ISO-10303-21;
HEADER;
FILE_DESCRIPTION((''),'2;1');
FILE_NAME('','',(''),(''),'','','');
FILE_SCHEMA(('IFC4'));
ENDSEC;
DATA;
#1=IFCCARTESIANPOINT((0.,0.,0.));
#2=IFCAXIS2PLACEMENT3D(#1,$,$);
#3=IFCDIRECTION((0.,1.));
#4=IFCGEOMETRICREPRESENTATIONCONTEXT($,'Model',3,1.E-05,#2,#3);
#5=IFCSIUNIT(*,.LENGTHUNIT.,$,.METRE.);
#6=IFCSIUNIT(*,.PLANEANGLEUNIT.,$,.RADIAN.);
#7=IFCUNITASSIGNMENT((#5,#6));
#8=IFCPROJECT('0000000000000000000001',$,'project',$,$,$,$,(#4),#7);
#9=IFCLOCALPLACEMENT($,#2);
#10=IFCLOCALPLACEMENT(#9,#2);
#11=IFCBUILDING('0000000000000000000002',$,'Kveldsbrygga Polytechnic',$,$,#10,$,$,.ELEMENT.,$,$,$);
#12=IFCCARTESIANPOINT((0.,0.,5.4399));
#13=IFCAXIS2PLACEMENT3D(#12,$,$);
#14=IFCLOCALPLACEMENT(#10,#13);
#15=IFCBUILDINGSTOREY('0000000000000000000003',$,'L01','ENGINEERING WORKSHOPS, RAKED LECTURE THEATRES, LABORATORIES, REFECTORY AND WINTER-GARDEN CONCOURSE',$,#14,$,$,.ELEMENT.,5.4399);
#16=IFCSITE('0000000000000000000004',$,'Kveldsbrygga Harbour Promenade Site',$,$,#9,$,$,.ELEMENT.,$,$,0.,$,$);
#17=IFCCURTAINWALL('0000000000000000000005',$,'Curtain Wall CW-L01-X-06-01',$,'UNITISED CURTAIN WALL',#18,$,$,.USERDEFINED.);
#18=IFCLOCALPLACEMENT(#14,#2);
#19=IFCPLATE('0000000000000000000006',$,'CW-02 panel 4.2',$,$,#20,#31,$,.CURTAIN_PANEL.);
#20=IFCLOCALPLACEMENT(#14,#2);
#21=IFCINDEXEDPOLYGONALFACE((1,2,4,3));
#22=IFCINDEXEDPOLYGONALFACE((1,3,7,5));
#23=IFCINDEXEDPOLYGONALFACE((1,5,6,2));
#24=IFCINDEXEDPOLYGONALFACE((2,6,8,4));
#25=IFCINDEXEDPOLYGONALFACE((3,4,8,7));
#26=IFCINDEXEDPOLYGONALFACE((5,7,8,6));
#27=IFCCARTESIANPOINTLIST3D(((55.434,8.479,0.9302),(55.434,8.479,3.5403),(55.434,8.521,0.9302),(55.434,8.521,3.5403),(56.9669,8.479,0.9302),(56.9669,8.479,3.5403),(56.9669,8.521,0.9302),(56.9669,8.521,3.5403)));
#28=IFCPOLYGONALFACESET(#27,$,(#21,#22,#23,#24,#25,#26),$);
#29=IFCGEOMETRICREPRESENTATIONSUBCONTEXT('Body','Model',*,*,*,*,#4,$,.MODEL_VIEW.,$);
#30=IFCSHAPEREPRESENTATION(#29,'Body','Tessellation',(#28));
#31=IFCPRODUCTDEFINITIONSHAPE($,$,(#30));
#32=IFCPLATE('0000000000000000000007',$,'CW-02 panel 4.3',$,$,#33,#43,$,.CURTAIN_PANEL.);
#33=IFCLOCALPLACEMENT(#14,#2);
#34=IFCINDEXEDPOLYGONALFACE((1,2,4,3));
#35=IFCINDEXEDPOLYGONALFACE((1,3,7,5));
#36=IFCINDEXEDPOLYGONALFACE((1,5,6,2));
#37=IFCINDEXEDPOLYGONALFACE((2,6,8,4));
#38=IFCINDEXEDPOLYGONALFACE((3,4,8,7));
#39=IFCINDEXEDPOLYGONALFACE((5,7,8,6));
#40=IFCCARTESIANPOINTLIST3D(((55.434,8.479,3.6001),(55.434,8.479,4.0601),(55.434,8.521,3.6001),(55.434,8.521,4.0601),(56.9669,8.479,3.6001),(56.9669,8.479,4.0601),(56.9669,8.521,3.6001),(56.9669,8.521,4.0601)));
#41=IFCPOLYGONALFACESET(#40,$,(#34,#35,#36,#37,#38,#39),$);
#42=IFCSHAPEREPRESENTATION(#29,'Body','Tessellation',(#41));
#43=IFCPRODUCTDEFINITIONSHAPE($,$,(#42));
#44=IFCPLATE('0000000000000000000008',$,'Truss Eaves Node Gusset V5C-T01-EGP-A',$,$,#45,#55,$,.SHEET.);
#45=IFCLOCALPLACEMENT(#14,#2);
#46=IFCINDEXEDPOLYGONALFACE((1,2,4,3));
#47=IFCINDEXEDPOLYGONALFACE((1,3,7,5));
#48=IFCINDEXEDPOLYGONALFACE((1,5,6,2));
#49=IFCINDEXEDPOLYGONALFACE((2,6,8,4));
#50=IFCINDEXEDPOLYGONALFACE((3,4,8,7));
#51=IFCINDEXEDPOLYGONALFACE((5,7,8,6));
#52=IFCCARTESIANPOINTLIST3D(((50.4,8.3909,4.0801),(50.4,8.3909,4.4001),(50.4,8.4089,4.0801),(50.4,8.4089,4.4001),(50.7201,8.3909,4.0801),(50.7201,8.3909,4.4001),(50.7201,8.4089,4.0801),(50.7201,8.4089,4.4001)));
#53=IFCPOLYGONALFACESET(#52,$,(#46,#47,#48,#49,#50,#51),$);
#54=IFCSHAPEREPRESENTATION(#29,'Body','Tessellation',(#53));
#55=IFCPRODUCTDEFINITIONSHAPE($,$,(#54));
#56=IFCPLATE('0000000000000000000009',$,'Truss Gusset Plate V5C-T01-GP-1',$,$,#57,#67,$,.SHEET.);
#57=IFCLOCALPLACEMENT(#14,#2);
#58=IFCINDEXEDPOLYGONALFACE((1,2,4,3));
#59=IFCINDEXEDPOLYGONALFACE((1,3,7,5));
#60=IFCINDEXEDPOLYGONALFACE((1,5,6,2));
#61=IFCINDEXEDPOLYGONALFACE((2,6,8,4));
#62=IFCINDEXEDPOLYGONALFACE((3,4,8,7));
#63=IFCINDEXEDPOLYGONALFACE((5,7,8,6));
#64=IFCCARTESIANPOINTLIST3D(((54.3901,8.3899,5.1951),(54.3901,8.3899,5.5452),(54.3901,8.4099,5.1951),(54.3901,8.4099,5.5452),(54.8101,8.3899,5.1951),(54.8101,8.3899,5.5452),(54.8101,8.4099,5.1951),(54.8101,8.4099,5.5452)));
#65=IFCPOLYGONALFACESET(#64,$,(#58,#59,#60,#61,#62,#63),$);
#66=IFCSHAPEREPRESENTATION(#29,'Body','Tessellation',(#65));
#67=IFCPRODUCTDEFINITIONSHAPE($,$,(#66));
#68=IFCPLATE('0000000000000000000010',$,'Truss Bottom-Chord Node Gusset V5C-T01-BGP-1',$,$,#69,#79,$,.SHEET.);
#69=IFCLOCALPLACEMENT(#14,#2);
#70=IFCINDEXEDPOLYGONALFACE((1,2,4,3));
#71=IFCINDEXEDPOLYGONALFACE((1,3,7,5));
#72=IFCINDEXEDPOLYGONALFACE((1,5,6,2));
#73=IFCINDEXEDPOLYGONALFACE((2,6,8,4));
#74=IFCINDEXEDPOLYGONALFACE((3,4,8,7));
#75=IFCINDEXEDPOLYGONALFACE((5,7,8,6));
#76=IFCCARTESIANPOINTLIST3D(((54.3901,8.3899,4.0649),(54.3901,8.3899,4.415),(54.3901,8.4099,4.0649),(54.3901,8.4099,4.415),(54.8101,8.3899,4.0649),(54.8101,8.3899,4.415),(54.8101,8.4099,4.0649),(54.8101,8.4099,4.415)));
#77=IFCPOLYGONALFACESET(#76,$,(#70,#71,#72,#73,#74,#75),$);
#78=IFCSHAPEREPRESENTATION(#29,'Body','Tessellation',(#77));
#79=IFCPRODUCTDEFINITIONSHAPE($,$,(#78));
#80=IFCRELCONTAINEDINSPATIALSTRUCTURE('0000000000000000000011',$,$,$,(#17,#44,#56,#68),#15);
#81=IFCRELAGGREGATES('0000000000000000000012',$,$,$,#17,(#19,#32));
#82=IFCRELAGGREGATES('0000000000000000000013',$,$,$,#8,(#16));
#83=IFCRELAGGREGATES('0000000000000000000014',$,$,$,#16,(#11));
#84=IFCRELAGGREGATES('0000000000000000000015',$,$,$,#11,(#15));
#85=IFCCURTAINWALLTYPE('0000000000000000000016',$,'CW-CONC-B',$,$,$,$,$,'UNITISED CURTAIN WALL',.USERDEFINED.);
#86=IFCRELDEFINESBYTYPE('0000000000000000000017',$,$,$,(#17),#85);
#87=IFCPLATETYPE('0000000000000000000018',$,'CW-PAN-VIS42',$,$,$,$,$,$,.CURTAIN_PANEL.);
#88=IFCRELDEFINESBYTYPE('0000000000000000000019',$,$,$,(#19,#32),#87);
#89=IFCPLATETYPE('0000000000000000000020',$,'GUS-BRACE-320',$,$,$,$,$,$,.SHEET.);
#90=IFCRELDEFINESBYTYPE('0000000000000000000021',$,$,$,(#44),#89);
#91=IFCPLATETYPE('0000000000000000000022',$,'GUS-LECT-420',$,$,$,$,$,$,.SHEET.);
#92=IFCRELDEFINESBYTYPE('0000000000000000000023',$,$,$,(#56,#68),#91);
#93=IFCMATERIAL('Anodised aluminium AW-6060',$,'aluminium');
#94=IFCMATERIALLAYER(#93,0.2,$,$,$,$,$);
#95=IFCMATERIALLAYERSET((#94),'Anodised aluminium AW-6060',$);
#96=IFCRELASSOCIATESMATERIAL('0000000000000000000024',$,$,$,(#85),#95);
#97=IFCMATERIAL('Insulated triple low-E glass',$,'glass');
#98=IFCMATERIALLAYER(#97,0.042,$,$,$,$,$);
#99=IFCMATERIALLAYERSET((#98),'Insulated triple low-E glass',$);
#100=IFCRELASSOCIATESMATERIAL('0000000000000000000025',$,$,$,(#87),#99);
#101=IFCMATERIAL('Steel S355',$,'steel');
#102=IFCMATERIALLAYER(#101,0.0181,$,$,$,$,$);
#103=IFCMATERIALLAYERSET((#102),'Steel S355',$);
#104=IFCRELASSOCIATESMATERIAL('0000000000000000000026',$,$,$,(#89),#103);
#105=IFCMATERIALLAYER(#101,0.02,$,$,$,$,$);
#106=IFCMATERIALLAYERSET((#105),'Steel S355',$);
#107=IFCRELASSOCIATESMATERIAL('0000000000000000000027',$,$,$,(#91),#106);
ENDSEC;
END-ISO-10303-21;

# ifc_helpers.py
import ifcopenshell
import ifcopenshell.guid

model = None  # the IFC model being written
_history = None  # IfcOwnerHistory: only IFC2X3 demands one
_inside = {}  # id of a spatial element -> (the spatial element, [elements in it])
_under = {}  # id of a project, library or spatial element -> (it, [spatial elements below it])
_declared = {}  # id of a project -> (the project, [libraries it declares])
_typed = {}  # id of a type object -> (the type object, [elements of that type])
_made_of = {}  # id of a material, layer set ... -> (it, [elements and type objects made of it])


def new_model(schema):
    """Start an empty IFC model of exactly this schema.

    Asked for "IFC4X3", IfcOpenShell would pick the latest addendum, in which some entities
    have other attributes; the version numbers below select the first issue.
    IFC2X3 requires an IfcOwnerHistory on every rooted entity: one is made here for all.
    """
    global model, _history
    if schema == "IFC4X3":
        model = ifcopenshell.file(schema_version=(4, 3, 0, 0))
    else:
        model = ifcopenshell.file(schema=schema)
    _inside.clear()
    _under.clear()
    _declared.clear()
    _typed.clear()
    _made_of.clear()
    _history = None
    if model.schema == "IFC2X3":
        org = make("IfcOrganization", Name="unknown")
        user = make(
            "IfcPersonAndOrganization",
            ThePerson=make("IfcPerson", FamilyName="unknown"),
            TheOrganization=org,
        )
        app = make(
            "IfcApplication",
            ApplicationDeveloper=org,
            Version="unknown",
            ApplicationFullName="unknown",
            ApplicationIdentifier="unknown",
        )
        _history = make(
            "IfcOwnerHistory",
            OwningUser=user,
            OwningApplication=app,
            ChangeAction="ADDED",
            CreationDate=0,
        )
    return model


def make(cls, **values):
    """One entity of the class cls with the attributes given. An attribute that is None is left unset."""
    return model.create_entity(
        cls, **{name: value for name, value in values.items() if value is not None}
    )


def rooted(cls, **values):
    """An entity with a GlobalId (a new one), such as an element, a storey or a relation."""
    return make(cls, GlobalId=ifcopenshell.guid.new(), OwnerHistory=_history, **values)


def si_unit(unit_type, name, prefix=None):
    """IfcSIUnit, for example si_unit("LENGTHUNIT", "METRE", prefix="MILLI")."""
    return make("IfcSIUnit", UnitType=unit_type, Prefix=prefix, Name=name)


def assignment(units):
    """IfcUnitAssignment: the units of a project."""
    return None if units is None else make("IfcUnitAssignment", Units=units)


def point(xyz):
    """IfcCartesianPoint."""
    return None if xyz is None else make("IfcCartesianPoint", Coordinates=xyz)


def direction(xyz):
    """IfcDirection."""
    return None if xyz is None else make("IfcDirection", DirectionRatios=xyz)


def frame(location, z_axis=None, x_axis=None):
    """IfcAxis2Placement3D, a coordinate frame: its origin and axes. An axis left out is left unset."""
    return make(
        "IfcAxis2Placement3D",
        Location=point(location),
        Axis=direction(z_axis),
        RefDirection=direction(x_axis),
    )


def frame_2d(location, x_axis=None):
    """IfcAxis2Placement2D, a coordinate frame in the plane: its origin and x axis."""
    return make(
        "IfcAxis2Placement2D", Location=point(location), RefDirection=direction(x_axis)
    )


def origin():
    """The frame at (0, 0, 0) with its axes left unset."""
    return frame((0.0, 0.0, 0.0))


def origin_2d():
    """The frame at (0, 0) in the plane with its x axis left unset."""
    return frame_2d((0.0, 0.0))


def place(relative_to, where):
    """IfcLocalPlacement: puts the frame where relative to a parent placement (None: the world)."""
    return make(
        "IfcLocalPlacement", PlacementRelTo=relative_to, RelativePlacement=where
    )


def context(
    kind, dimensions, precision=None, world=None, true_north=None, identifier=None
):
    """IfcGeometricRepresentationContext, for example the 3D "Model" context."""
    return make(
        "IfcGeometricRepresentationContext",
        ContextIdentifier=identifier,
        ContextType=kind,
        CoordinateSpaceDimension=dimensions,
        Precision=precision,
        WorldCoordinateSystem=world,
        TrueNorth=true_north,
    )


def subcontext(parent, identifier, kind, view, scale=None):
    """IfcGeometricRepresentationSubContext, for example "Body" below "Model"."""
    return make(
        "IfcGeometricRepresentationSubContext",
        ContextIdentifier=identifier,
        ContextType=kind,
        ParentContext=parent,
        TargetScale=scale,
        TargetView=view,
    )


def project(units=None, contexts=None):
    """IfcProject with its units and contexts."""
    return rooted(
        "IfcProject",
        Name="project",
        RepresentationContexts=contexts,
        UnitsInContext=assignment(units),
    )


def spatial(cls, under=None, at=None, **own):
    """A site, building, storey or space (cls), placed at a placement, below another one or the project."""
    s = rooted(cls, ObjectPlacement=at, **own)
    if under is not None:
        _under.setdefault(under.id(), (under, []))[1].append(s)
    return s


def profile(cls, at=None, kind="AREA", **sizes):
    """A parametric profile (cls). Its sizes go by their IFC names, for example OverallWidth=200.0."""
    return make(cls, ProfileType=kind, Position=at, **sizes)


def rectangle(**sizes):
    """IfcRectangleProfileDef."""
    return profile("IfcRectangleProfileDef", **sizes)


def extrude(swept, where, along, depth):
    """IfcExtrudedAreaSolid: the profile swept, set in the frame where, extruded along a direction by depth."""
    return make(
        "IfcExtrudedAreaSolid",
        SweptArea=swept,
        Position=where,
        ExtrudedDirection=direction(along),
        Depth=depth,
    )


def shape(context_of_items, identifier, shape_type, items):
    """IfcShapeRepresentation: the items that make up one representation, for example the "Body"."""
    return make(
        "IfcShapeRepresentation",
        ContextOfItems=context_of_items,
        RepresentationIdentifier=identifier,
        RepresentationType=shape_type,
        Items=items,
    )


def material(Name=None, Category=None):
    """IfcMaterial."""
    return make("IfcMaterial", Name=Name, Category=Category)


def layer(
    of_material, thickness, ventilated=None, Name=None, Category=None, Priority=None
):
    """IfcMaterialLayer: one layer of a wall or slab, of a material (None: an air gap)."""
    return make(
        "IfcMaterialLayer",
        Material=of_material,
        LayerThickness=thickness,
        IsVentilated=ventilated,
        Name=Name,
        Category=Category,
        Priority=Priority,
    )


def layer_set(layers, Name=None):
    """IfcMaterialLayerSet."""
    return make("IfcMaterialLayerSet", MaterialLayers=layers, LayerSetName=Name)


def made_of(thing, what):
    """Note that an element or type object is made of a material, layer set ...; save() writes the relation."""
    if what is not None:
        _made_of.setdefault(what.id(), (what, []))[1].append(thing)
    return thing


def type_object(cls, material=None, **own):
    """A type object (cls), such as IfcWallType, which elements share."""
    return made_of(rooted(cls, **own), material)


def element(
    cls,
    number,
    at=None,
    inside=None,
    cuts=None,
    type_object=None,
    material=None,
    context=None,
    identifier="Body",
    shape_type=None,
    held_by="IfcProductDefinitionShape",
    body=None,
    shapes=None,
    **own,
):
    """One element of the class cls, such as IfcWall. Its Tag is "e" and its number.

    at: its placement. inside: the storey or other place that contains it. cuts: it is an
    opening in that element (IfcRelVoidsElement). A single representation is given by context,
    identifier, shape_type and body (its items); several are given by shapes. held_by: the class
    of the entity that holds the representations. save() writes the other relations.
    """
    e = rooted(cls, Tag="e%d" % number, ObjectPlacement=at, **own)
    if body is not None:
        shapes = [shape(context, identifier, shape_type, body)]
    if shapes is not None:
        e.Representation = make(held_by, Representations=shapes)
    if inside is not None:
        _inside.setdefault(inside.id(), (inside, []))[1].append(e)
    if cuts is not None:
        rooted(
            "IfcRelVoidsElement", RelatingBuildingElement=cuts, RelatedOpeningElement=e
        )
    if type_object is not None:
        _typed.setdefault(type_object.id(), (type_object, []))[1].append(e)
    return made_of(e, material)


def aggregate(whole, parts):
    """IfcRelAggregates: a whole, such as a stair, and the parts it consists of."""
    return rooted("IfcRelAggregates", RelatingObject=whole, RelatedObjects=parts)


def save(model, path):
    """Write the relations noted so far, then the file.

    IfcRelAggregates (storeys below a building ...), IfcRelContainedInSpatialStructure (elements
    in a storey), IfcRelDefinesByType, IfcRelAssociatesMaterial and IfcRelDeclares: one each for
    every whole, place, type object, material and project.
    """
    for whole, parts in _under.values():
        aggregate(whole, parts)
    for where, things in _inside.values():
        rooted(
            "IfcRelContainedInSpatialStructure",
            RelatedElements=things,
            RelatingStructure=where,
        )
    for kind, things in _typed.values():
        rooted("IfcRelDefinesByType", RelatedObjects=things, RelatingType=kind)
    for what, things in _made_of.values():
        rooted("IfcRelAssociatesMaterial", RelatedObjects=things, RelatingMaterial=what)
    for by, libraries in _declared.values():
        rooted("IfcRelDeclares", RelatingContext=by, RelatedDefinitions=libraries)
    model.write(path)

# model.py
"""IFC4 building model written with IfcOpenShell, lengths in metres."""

from ifc_helpers import new_model, si_unit, direction, frame, origin, origin_2d, place, context, subcontext, project, spatial, rectangle, extrude, material, layer, layer_set, type_object, element, aggregate, save


model = new_model("IFC4")

# Units and contexts
model_context = context("Model", 3, precision=1e-05, world=origin(), true_north=direction((0.0, 1.0)))
body_context = subcontext(model_context, "Body", "Model", "MODEL_VIEW")
ifc_project = project(units=[si_unit("LENGTHUNIT", "METRE"), si_unit("PLANEANGLEUNIT", "RADIAN")], contexts=[model_context])

# Site, building, storey
site_placement = place(None, origin())
site = spatial("IfcSite", under=ifc_project, at=site_placement, Name="Kveldsbrygga Harbour Promenade Site", CompositionType="ELEMENT", RefElevation=0.0)
building_placement = place(site_placement, origin())
building = spatial("IfcBuilding", under=site, at=building_placement, Name="Kveldsbrygga Polytechnic", CompositionType="ELEMENT")
storey_placement = place(building_placement, frame((0.0, 0.0, 5.4399)))
storey = spatial("IfcBuildingStorey", under=building, at=storey_placement, Name="L01", Description="ENGINEERING WORKSHOPS, RAKED LECTURE THEATRES, LABORATORIES, REFECTORY AND WINTER-GARDEN CONCOURSE", CompositionType="ELEMENT", Elevation=5.4399)

# Curtain wall
ifc_material_1 = material(Name="Anodised aluminium AW-6060", Category="aluminium")
ifc_layer_1 = layer(ifc_material_1, 0.2)
ifc_layer_set_1 = layer_set([ifc_layer_1], Name="Anodised aluminium AW-6060")
curtain_wall_type = type_object("IfcCurtainWallType", Name="CW-CONC-B", ElementType="UNITISED CURTAIN WALL", PredefinedType="USERDEFINED", material=ifc_layer_set_1)
curtain_wall_placement = place(storey_placement, origin())
curtain_wall = element("IfcCurtainWall", 1, at=curtain_wall_placement, inside=storey, type_object=curtain_wall_type, Name="Curtain Wall CW-L01-X-06-01", ObjectType="UNITISED CURTAIN WALL", PredefinedType="USERDEFINED")

# Shared definitions
ifc_material_2 = material(Name="Steel S355", Category="steel")

# Plates
ifc_material_3 = material(Name="Insulated triple low-E glass", Category="glass")
ifc_layer_2 = layer(ifc_material_3, 0.042)
ifc_layer_set_2 = layer_set([ifc_layer_2], Name="Insulated triple low-E glass")
plate_type_1 = type_object("IfcPlateType", Name="CW-PAN-VIS42", PredefinedType="CURTAIN_PANEL", material=ifc_layer_set_2)
plate_1_placement = place(storey_placement, frame((56.2004, 8.5, 0.9302), z_axis=(0.0, 0.0, 1.0), x_axis=(1.0, 0.0, 0.0)))
plate_1 = element("IfcPlate", 2, at=plate_1_placement, type_object=plate_type_1, Name="CW-02 panel 4.2", PredefinedType="CURTAIN_PANEL", context=body_context, shape_type="SweptSolid", body=[
    extrude(rectangle(XDim=1.533, YDim=0.042, at=origin_2d()), origin(), (0.0, 0.0, 1.0), 2.6101),
])
plate_2_placement = place(storey_placement, frame((56.2004, 8.5, 3.6001), z_axis=(0.0, 0.0, 1.0), x_axis=(1.0, 0.0, 0.0)))
plate_2 = element("IfcPlate", 3, at=plate_2_placement, type_object=plate_type_1, Name="CW-02 panel 4.3", PredefinedType="CURTAIN_PANEL", context=body_context, shape_type="SweptSolid", body=[
    extrude(rectangle(XDim=1.533, YDim=0.042, at=origin_2d()), origin(), (0.0, 0.0, 1.0), 0.46),
])
aggregate(curtain_wall, [plate_1, plate_2])

# Plates
ifc_layer_3 = layer(ifc_material_2, 0.0181)
ifc_layer_set_3 = layer_set([ifc_layer_3], Name="Steel S355")
plate_type_2 = type_object("IfcPlateType", Name="GUS-BRACE-320", PredefinedType="SHEET", material=ifc_layer_set_3)
plate_3_placement = place(storey_placement, frame((50.5601, 8.3999, 4.0801), z_axis=(0.0, 0.0, 1.0), x_axis=(1.0, 0.0, 0.0)))
element("IfcPlate", 4, at=plate_3_placement, inside=storey, type_object=plate_type_2, Name="Truss Eaves Node Gusset V5C-T01-EGP-A", PredefinedType="SHEET", context=body_context, shape_type="SweptSolid", body=[
    extrude(rectangle(XDim=0.3201, YDim=0.0181, at=origin_2d()), origin(), (0.0, 0.0, 1.0), 0.3201),
])
ifc_layer_4 = layer(ifc_material_2, 0.02)
ifc_layer_set_4 = layer_set([ifc_layer_4], Name="Steel S355")
plate_type_3 = type_object("IfcPlateType", Name="GUS-LECT-420", PredefinedType="SHEET", material=ifc_layer_set_4)
for number, where, z_axis, x_axis, name in (
    (5, (54.6001, 8.3999, 5.1951), (0.0, 0.0, 1.0), (1.0, 0.0, 0.0), "Truss Gusset Plate V5C-T01-GP-1"),
    (6, (54.6001, 8.3999, 4.0649), (0.0, 0.0, 1.0), (1.0, 0.0, 0.0), "Truss Bottom-Chord Node Gusset V5C-T01-BGP-1"),
):
    element("IfcPlate", number, at=place(storey_placement, frame(where, z_axis=z_axis, x_axis=x_axis)), inside=storey, type_object=plate_type_3, Name=name, PredefinedType="SHEET", context=body_context, shape_type="SweptSolid", body=[
        extrude(rectangle(XDim=0.4199, YDim=0.02, at=origin_2d()), origin(), (0.0, 0.0, 1.0), 0.3501),
    ])

save(model, "model.ifc")
